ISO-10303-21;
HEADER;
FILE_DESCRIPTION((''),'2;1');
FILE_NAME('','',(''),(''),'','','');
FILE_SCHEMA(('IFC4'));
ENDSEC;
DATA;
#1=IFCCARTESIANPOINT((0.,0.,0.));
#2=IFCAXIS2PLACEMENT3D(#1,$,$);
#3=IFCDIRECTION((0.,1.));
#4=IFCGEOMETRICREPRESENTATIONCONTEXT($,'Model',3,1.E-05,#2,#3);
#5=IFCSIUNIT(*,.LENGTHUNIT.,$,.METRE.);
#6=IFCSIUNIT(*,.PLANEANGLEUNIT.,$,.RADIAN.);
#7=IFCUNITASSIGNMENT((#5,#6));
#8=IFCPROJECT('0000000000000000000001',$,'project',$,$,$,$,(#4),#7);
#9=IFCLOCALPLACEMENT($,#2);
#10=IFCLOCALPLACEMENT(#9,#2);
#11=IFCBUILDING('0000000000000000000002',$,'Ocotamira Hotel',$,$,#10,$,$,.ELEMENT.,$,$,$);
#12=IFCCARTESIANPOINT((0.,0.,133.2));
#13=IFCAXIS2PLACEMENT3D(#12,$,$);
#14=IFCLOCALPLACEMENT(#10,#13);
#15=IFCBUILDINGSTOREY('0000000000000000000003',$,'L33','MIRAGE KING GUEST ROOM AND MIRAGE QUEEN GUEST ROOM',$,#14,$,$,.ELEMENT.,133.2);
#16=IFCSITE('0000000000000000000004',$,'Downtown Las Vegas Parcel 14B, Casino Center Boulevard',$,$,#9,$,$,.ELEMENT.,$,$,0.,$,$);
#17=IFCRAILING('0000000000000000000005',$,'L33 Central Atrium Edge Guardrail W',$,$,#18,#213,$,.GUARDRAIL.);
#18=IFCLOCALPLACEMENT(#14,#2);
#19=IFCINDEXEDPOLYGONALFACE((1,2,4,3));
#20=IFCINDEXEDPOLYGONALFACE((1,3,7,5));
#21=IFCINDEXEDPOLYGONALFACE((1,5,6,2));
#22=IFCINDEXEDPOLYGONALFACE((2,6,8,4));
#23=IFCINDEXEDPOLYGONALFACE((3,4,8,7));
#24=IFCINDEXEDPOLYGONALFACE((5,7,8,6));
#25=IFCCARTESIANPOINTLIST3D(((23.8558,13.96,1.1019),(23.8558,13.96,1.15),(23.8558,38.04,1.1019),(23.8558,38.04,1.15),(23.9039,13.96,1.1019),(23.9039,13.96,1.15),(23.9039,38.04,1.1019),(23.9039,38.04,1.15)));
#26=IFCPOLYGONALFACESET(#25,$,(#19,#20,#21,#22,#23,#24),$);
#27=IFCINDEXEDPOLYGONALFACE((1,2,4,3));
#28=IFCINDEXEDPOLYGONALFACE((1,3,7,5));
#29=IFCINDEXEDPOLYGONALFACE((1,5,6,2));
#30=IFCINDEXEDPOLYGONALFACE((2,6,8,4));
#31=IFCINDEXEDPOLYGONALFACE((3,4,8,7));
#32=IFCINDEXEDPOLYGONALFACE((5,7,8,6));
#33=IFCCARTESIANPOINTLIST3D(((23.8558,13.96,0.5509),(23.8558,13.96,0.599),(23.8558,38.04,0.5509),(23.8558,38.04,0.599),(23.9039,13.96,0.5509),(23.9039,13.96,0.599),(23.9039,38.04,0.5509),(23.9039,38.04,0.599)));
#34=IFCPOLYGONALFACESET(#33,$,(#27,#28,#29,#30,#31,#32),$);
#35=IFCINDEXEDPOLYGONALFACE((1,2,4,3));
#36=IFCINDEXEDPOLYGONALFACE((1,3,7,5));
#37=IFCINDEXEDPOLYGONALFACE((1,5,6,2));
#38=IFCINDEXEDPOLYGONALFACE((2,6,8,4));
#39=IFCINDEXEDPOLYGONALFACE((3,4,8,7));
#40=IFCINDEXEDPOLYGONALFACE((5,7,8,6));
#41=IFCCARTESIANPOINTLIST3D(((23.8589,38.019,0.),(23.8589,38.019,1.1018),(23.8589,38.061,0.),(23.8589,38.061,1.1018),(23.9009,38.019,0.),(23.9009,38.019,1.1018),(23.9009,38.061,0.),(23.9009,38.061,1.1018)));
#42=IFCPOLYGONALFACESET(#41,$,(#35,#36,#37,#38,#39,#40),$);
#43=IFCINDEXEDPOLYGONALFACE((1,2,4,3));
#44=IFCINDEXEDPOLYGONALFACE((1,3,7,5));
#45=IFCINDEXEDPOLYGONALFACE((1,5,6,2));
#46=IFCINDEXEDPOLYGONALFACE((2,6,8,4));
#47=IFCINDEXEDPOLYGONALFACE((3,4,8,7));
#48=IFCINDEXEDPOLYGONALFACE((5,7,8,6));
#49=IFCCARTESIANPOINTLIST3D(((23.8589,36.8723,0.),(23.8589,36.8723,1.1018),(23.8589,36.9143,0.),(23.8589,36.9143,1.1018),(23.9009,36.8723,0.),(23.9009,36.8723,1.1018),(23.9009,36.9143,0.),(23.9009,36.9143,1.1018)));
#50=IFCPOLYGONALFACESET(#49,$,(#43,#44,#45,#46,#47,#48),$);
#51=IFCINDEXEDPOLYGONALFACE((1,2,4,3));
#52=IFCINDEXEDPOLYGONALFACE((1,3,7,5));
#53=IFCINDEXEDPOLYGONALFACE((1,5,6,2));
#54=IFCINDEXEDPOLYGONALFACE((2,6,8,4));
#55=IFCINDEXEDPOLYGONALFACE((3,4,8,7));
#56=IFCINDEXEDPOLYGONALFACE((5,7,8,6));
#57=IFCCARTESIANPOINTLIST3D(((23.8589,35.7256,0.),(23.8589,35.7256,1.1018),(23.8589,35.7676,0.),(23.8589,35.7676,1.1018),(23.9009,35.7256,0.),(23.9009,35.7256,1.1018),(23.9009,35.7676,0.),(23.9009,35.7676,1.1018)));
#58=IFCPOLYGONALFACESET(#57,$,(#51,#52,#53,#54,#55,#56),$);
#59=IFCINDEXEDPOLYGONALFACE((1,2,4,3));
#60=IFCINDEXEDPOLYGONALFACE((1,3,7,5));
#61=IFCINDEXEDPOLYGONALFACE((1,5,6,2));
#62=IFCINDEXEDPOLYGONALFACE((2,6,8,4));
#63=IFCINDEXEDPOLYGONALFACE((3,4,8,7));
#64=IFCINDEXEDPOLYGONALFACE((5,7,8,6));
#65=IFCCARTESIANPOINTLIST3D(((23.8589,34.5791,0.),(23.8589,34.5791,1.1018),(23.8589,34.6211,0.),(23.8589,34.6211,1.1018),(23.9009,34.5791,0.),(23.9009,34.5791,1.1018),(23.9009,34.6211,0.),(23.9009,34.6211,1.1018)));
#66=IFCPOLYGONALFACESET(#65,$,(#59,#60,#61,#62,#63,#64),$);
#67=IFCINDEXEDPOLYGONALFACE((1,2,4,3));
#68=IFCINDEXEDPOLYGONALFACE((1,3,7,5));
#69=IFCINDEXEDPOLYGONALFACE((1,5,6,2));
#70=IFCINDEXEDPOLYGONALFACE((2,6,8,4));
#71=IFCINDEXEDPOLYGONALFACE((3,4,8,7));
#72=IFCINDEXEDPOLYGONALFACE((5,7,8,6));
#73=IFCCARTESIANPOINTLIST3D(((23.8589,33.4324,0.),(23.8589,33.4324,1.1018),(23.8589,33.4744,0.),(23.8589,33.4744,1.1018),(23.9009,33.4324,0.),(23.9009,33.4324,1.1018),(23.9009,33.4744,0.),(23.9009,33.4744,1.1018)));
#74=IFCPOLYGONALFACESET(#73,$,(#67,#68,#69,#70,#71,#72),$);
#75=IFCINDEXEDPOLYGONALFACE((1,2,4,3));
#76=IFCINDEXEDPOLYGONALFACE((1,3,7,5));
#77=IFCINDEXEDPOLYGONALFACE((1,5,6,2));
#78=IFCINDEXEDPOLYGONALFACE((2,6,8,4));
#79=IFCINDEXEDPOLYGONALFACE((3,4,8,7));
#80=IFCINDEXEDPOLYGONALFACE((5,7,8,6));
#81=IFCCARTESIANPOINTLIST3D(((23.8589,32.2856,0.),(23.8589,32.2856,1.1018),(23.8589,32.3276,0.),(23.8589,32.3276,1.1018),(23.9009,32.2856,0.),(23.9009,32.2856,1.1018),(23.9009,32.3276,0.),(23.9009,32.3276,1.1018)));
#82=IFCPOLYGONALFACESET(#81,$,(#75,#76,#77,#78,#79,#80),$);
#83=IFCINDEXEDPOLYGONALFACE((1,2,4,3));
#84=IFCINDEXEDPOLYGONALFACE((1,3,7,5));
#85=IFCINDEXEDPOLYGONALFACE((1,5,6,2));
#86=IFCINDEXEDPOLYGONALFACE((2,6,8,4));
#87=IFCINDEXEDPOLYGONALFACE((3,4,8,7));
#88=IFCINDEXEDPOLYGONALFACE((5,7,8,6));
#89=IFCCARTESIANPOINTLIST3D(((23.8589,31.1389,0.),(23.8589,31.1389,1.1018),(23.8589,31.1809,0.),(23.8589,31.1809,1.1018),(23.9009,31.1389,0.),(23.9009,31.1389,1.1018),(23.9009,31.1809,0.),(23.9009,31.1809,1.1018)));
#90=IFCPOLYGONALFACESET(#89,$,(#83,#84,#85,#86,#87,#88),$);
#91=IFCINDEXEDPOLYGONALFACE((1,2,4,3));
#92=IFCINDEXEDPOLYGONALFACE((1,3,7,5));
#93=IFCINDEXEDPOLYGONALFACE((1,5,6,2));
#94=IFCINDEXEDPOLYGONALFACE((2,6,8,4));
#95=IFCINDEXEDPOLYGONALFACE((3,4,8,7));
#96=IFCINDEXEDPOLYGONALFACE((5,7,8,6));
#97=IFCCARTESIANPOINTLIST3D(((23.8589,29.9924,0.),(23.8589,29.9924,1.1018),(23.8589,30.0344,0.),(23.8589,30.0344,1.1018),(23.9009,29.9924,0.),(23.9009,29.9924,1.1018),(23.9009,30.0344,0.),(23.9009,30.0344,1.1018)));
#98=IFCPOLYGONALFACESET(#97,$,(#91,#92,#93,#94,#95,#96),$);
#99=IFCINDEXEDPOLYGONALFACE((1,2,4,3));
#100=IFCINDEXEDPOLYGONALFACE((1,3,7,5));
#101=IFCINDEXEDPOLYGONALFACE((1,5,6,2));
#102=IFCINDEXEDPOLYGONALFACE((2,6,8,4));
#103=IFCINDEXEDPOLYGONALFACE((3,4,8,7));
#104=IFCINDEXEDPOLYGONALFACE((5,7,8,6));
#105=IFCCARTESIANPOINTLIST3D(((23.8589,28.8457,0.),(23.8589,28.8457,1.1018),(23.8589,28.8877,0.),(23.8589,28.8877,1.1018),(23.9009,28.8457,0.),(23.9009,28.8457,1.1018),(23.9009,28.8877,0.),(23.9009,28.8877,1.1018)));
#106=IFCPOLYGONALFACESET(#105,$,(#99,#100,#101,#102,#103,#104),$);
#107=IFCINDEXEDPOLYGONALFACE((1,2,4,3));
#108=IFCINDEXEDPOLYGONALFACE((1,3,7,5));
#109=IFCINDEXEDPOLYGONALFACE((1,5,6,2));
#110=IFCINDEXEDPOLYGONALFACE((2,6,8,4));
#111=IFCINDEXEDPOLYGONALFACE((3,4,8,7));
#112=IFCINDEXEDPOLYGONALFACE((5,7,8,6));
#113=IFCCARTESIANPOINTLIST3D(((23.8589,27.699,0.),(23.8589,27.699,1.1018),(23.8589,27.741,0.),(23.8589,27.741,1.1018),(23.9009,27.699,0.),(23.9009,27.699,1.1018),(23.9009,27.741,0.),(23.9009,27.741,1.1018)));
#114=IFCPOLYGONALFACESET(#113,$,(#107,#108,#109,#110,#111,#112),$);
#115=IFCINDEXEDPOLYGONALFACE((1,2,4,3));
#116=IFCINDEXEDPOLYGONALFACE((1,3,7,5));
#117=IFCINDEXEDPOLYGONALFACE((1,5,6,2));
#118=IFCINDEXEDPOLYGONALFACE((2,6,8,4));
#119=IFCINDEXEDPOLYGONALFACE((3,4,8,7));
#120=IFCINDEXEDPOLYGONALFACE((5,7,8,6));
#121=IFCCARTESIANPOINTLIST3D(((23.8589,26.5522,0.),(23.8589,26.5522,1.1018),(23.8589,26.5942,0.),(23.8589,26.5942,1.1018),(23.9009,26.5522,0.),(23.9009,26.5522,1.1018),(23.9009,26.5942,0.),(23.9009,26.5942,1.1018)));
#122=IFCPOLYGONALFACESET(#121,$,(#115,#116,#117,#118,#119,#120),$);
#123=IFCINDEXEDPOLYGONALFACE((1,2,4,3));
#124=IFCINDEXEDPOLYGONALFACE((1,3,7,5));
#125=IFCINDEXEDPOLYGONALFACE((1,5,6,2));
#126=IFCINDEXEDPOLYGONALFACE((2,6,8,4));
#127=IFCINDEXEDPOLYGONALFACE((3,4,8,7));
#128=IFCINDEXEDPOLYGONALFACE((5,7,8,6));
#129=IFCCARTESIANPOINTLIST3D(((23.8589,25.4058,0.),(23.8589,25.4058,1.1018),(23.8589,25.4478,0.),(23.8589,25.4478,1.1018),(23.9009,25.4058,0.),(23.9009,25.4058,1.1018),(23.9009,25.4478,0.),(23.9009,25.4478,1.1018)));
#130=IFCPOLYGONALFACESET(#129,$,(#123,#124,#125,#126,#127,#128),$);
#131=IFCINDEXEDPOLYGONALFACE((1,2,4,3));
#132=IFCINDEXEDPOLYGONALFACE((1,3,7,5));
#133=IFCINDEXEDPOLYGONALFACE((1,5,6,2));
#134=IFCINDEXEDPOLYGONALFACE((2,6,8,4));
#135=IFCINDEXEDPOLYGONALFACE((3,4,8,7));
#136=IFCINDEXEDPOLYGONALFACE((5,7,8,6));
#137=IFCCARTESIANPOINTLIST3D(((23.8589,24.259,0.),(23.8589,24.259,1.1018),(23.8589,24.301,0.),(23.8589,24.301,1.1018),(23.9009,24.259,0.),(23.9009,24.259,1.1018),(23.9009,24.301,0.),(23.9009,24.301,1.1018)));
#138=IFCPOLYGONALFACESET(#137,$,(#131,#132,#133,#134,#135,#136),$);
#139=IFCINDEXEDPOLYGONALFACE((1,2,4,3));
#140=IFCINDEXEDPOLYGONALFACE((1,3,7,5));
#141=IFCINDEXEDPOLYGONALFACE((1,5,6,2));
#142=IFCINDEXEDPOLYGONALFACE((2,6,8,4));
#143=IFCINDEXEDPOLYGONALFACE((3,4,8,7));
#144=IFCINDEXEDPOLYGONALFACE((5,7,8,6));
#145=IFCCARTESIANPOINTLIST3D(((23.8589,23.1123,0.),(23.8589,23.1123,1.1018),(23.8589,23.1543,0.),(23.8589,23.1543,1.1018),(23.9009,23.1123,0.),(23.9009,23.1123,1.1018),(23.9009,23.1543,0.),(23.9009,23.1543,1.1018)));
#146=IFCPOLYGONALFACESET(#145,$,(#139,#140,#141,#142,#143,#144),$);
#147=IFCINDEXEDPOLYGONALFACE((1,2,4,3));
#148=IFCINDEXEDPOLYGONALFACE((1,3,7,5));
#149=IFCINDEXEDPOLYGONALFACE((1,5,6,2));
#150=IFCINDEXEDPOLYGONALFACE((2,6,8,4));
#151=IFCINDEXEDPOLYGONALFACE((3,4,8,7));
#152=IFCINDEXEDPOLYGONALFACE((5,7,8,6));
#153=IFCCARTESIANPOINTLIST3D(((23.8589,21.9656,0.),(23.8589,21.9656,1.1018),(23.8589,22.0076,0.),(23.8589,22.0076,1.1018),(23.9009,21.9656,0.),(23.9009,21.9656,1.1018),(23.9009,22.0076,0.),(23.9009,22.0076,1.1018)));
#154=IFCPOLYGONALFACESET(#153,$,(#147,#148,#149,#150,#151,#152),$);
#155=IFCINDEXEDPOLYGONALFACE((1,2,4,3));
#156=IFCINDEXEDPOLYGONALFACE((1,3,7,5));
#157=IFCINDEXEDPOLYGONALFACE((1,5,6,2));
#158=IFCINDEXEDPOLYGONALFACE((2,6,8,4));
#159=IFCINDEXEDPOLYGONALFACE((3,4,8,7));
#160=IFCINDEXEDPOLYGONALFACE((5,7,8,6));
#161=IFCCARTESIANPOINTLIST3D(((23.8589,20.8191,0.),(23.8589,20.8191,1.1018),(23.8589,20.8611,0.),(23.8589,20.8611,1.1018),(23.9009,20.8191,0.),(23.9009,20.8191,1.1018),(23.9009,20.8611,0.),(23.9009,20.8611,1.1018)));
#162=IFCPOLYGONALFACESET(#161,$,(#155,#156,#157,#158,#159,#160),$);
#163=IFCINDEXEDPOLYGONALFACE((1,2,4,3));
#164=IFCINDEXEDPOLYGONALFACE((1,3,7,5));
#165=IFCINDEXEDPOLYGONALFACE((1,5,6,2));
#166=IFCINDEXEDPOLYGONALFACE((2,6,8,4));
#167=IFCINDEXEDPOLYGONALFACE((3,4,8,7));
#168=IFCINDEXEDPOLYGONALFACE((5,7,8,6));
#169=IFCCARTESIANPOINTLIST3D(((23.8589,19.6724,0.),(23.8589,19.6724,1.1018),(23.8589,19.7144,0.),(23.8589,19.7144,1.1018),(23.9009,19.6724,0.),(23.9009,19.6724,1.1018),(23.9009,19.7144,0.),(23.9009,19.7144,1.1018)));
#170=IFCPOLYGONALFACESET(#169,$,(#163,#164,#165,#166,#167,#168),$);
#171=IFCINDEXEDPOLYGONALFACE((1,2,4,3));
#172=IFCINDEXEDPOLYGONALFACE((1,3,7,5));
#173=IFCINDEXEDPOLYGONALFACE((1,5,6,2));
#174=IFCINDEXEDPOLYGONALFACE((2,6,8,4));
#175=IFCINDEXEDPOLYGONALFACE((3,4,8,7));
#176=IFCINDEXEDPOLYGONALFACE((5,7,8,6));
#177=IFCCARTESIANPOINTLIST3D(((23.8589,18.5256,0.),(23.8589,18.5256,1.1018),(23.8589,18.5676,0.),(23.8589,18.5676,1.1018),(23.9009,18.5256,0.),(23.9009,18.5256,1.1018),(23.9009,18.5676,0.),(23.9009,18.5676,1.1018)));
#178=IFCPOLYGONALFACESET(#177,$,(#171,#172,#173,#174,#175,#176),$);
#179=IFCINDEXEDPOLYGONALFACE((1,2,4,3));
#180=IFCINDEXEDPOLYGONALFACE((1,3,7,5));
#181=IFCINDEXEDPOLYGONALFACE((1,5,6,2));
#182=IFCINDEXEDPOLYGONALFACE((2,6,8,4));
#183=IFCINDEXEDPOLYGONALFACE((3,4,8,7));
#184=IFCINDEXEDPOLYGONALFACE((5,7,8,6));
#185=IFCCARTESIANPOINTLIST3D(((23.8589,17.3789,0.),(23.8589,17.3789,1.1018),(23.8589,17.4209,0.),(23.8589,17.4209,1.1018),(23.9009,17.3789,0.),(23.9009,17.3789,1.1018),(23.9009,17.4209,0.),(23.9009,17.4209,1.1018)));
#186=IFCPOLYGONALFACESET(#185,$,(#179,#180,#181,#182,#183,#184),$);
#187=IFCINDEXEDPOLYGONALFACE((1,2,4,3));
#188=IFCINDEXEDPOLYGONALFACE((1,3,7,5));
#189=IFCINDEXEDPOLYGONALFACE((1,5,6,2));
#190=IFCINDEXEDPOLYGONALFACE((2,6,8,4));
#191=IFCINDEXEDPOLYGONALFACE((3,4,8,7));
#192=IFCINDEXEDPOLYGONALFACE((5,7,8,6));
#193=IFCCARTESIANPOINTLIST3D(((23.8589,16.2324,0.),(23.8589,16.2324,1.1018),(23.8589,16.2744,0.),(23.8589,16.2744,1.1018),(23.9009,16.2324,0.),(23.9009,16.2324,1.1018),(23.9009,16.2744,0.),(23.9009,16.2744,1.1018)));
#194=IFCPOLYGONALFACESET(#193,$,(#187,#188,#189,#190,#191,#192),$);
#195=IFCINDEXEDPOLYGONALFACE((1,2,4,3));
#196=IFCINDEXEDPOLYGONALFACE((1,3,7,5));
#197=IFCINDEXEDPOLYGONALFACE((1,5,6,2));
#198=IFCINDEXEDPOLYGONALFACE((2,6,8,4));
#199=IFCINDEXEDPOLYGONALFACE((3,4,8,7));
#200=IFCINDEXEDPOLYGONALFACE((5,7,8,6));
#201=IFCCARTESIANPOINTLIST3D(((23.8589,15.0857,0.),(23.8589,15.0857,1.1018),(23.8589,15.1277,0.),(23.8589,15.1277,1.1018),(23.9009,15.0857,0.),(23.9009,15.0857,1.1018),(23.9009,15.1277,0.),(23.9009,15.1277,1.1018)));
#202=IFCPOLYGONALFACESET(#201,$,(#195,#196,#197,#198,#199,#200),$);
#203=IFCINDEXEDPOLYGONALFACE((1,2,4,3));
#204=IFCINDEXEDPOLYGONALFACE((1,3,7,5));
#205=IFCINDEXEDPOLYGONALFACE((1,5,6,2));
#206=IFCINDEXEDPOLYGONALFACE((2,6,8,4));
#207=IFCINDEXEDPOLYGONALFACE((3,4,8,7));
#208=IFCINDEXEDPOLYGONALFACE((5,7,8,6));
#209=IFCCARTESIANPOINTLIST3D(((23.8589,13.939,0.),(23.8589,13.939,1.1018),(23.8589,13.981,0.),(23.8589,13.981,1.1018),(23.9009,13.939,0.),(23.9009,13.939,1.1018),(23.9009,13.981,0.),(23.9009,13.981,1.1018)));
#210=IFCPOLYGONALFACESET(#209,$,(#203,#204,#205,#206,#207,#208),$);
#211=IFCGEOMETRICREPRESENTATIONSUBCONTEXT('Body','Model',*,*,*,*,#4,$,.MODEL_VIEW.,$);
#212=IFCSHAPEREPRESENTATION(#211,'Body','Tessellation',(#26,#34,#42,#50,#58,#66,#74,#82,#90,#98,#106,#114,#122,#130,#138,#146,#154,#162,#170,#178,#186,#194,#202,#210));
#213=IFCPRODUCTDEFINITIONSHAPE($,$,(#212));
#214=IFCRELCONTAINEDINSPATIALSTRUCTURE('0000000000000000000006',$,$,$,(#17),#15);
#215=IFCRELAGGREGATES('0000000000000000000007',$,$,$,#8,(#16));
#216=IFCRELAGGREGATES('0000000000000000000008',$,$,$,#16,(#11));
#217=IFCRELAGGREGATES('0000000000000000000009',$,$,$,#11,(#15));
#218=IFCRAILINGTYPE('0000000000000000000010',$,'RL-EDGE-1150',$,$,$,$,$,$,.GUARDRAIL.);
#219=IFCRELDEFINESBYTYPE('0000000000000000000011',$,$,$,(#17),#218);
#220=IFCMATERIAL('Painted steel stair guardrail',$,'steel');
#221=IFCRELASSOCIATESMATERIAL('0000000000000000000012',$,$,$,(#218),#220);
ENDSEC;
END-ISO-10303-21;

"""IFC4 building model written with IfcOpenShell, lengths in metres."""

from ifc_helpers import new_model, si_unit, direction, frame, origin, origin_2d, place, context, subcontext, project, spatial, rectangle, extrude, material, type_object, element, save


model = new_model("IFC4")

# Units and contexts
model_context = context("Model", 3, precision=1e-05, world=origin(), true_north=direction((0.0, 1.0)))
body_context = subcontext(model_context, "Body", "Model", "MODEL_VIEW")
ifc_project = project(units=[si_unit("LENGTHUNIT", "METRE"), si_unit("PLANEANGLEUNIT", "RADIAN")], contexts=[model_context])

# Site, building, storey
site_placement = place(None, origin())
site = spatial("IfcSite", under=ifc_project, at=site_placement, Name="Downtown Las Vegas Parcel 14B, Casino Center Boulevard", CompositionType="ELEMENT", RefElevation=0.0)
building_placement = place(site_placement, origin())
building = spatial("IfcBuilding", under=site, at=building_placement, Name="Ocotamira Hotel", CompositionType="ELEMENT")
storey_placement = place(building_placement, frame((0.0, 0.0, 133.2)))
storey = spatial("IfcBuildingStorey", under=building, at=storey_placement, Name="L33", Description="MIRAGE KING GUEST ROOM AND MIRAGE QUEEN GUEST ROOM", CompositionType="ELEMENT", Elevation=133.2)

# Railing
ifc_material_1 = material(Name="Painted steel stair guardrail", Category="steel")
railing_type = type_object("IfcRailingType", Name="RL-EDGE-1150", PredefinedType="GUARDRAIL", material=ifc_material_1)
railing_placement = place(storey_placement, frame((23.8799, 38.04, 0.0)))
element("IfcRailing", 1, at=railing_placement, inside=storey, type_object=railing_type, Name="L33 Central Atrium Edge Guardrail W", PredefinedType="GUARDRAIL", context=body_context, shape_type="SweptSolid", body=[
    extrude(rectangle(XDim=0.0481, YDim=0.0481, at=origin_2d()), frame((0.0, 0.0, 1.126), z_axis=(0.0, -1.0, 0.0), x_axis=(1.0, 0.0, 0.0)), (0.0, 0.0, 1.0), 24.0801),
    extrude(rectangle(XDim=0.0481, YDim=0.0481, at=origin_2d()), frame((0.0, 0.0, 0.575), z_axis=(0.0, -1.0, 0.0), x_axis=(1.0, 0.0, 0.0)), (0.0, 0.0, 1.0), 24.0801),
    extrude(rectangle(XDim=0.042, YDim=0.042, at=origin_2d()), origin(), (0.0, 0.0, 1.0), 1.1018),
    extrude(rectangle(XDim=0.042, YDim=0.042, at=origin_2d()), frame((0.0, -1.1467, 0.0)), (0.0, 0.0, 1.0), 1.1018),
    extrude(rectangle(XDim=0.042, YDim=0.042, at=origin_2d()), frame((0.0, -2.2935, 0.0)), (0.0, 0.0, 1.0), 1.1018),
    extrude(rectangle(XDim=0.042, YDim=0.042, at=origin_2d()), frame((0.0, -3.4399, 0.0)), (0.0, 0.0, 1.0), 1.1018),
    extrude(rectangle(XDim=0.042, YDim=0.042, at=origin_2d()), frame((0.0, -4.5867, 0.0)), (0.0, 0.0, 1.0), 1.1018),
    extrude(rectangle(XDim=0.042, YDim=0.042, at=origin_2d()), frame((0.0, -5.7334, 0.0)), (0.0, 0.0, 1.0), 1.1018),
    extrude(rectangle(XDim=0.042, YDim=0.042, at=origin_2d()), frame((0.0, -6.8801, 0.0)), (0.0, 0.0, 1.0), 1.1018),
    extrude(rectangle(XDim=0.042, YDim=0.042, at=origin_2d()), frame((0.0, -8.0266, 0.0)), (0.0, 0.0, 1.0), 1.1018),
    extrude(rectangle(XDim=0.042, YDim=0.042, at=origin_2d()), frame((0.0, -9.1733, 0.0)), (0.0, 0.0, 1.0), 1.1018),
    extrude(rectangle(XDim=0.042, YDim=0.042, at=origin_2d()), frame((0.0, -10.3201, 0.0)), (0.0, 0.0, 1.0), 1.1018),
    extrude(rectangle(XDim=0.042, YDim=0.042, at=origin_2d()), frame((0.0, -11.4668, 0.0)), (0.0, 0.0, 1.0), 1.1018),
    extrude(rectangle(XDim=0.042, YDim=0.042, at=origin_2d()), frame((0.0, -12.6133, 0.0)), (0.0, 0.0, 1.0), 1.1018),
    extrude(rectangle(XDim=0.042, YDim=0.042, at=origin_2d()), frame((0.0, -13.76, 0.0)), (0.0, 0.0, 1.0), 1.1018),
    extrude(rectangle(XDim=0.042, YDim=0.042, at=origin_2d()), frame((0.0, -14.9067, 0.0)), (0.0, 0.0, 1.0), 1.1018),
    extrude(rectangle(XDim=0.042, YDim=0.042, at=origin_2d()), frame((0.0, -16.0535, 0.0)), (0.0, 0.0, 1.0), 1.1018),
    extrude(rectangle(XDim=0.042, YDim=0.042, at=origin_2d()), frame((0.0, -17.2, 0.0)), (0.0, 0.0, 1.0), 1.1018),
    extrude(rectangle(XDim=0.042, YDim=0.042, at=origin_2d()), frame((0.0, -18.3467, 0.0)), (0.0, 0.0, 1.0), 1.1018),
    extrude(rectangle(XDim=0.042, YDim=0.042, at=origin_2d()), frame((0.0, -19.4934, 0.0)), (0.0, 0.0, 1.0), 1.1018),
    extrude(rectangle(XDim=0.042, YDim=0.042, at=origin_2d()), frame((0.0, -20.6401, 0.0)), (0.0, 0.0, 1.0), 1.1018),
    extrude(rectangle(XDim=0.042, YDim=0.042, at=origin_2d()), frame((0.0, -21.7866, 0.0)), (0.0, 0.0, 1.0), 1.1018),
    extrude(rectangle(XDim=0.042, YDim=0.042, at=origin_2d()), frame((0.0, -22.9333, 0.0)), (0.0, 0.0, 1.0), 1.1018),
    extrude(rectangle(XDim=0.042, YDim=0.042, at=origin_2d()), frame((0.0, -24.0801, 0.0)), (0.0, 0.0, 1.0), 1.1018),
])

save(model, "model.ifc")
